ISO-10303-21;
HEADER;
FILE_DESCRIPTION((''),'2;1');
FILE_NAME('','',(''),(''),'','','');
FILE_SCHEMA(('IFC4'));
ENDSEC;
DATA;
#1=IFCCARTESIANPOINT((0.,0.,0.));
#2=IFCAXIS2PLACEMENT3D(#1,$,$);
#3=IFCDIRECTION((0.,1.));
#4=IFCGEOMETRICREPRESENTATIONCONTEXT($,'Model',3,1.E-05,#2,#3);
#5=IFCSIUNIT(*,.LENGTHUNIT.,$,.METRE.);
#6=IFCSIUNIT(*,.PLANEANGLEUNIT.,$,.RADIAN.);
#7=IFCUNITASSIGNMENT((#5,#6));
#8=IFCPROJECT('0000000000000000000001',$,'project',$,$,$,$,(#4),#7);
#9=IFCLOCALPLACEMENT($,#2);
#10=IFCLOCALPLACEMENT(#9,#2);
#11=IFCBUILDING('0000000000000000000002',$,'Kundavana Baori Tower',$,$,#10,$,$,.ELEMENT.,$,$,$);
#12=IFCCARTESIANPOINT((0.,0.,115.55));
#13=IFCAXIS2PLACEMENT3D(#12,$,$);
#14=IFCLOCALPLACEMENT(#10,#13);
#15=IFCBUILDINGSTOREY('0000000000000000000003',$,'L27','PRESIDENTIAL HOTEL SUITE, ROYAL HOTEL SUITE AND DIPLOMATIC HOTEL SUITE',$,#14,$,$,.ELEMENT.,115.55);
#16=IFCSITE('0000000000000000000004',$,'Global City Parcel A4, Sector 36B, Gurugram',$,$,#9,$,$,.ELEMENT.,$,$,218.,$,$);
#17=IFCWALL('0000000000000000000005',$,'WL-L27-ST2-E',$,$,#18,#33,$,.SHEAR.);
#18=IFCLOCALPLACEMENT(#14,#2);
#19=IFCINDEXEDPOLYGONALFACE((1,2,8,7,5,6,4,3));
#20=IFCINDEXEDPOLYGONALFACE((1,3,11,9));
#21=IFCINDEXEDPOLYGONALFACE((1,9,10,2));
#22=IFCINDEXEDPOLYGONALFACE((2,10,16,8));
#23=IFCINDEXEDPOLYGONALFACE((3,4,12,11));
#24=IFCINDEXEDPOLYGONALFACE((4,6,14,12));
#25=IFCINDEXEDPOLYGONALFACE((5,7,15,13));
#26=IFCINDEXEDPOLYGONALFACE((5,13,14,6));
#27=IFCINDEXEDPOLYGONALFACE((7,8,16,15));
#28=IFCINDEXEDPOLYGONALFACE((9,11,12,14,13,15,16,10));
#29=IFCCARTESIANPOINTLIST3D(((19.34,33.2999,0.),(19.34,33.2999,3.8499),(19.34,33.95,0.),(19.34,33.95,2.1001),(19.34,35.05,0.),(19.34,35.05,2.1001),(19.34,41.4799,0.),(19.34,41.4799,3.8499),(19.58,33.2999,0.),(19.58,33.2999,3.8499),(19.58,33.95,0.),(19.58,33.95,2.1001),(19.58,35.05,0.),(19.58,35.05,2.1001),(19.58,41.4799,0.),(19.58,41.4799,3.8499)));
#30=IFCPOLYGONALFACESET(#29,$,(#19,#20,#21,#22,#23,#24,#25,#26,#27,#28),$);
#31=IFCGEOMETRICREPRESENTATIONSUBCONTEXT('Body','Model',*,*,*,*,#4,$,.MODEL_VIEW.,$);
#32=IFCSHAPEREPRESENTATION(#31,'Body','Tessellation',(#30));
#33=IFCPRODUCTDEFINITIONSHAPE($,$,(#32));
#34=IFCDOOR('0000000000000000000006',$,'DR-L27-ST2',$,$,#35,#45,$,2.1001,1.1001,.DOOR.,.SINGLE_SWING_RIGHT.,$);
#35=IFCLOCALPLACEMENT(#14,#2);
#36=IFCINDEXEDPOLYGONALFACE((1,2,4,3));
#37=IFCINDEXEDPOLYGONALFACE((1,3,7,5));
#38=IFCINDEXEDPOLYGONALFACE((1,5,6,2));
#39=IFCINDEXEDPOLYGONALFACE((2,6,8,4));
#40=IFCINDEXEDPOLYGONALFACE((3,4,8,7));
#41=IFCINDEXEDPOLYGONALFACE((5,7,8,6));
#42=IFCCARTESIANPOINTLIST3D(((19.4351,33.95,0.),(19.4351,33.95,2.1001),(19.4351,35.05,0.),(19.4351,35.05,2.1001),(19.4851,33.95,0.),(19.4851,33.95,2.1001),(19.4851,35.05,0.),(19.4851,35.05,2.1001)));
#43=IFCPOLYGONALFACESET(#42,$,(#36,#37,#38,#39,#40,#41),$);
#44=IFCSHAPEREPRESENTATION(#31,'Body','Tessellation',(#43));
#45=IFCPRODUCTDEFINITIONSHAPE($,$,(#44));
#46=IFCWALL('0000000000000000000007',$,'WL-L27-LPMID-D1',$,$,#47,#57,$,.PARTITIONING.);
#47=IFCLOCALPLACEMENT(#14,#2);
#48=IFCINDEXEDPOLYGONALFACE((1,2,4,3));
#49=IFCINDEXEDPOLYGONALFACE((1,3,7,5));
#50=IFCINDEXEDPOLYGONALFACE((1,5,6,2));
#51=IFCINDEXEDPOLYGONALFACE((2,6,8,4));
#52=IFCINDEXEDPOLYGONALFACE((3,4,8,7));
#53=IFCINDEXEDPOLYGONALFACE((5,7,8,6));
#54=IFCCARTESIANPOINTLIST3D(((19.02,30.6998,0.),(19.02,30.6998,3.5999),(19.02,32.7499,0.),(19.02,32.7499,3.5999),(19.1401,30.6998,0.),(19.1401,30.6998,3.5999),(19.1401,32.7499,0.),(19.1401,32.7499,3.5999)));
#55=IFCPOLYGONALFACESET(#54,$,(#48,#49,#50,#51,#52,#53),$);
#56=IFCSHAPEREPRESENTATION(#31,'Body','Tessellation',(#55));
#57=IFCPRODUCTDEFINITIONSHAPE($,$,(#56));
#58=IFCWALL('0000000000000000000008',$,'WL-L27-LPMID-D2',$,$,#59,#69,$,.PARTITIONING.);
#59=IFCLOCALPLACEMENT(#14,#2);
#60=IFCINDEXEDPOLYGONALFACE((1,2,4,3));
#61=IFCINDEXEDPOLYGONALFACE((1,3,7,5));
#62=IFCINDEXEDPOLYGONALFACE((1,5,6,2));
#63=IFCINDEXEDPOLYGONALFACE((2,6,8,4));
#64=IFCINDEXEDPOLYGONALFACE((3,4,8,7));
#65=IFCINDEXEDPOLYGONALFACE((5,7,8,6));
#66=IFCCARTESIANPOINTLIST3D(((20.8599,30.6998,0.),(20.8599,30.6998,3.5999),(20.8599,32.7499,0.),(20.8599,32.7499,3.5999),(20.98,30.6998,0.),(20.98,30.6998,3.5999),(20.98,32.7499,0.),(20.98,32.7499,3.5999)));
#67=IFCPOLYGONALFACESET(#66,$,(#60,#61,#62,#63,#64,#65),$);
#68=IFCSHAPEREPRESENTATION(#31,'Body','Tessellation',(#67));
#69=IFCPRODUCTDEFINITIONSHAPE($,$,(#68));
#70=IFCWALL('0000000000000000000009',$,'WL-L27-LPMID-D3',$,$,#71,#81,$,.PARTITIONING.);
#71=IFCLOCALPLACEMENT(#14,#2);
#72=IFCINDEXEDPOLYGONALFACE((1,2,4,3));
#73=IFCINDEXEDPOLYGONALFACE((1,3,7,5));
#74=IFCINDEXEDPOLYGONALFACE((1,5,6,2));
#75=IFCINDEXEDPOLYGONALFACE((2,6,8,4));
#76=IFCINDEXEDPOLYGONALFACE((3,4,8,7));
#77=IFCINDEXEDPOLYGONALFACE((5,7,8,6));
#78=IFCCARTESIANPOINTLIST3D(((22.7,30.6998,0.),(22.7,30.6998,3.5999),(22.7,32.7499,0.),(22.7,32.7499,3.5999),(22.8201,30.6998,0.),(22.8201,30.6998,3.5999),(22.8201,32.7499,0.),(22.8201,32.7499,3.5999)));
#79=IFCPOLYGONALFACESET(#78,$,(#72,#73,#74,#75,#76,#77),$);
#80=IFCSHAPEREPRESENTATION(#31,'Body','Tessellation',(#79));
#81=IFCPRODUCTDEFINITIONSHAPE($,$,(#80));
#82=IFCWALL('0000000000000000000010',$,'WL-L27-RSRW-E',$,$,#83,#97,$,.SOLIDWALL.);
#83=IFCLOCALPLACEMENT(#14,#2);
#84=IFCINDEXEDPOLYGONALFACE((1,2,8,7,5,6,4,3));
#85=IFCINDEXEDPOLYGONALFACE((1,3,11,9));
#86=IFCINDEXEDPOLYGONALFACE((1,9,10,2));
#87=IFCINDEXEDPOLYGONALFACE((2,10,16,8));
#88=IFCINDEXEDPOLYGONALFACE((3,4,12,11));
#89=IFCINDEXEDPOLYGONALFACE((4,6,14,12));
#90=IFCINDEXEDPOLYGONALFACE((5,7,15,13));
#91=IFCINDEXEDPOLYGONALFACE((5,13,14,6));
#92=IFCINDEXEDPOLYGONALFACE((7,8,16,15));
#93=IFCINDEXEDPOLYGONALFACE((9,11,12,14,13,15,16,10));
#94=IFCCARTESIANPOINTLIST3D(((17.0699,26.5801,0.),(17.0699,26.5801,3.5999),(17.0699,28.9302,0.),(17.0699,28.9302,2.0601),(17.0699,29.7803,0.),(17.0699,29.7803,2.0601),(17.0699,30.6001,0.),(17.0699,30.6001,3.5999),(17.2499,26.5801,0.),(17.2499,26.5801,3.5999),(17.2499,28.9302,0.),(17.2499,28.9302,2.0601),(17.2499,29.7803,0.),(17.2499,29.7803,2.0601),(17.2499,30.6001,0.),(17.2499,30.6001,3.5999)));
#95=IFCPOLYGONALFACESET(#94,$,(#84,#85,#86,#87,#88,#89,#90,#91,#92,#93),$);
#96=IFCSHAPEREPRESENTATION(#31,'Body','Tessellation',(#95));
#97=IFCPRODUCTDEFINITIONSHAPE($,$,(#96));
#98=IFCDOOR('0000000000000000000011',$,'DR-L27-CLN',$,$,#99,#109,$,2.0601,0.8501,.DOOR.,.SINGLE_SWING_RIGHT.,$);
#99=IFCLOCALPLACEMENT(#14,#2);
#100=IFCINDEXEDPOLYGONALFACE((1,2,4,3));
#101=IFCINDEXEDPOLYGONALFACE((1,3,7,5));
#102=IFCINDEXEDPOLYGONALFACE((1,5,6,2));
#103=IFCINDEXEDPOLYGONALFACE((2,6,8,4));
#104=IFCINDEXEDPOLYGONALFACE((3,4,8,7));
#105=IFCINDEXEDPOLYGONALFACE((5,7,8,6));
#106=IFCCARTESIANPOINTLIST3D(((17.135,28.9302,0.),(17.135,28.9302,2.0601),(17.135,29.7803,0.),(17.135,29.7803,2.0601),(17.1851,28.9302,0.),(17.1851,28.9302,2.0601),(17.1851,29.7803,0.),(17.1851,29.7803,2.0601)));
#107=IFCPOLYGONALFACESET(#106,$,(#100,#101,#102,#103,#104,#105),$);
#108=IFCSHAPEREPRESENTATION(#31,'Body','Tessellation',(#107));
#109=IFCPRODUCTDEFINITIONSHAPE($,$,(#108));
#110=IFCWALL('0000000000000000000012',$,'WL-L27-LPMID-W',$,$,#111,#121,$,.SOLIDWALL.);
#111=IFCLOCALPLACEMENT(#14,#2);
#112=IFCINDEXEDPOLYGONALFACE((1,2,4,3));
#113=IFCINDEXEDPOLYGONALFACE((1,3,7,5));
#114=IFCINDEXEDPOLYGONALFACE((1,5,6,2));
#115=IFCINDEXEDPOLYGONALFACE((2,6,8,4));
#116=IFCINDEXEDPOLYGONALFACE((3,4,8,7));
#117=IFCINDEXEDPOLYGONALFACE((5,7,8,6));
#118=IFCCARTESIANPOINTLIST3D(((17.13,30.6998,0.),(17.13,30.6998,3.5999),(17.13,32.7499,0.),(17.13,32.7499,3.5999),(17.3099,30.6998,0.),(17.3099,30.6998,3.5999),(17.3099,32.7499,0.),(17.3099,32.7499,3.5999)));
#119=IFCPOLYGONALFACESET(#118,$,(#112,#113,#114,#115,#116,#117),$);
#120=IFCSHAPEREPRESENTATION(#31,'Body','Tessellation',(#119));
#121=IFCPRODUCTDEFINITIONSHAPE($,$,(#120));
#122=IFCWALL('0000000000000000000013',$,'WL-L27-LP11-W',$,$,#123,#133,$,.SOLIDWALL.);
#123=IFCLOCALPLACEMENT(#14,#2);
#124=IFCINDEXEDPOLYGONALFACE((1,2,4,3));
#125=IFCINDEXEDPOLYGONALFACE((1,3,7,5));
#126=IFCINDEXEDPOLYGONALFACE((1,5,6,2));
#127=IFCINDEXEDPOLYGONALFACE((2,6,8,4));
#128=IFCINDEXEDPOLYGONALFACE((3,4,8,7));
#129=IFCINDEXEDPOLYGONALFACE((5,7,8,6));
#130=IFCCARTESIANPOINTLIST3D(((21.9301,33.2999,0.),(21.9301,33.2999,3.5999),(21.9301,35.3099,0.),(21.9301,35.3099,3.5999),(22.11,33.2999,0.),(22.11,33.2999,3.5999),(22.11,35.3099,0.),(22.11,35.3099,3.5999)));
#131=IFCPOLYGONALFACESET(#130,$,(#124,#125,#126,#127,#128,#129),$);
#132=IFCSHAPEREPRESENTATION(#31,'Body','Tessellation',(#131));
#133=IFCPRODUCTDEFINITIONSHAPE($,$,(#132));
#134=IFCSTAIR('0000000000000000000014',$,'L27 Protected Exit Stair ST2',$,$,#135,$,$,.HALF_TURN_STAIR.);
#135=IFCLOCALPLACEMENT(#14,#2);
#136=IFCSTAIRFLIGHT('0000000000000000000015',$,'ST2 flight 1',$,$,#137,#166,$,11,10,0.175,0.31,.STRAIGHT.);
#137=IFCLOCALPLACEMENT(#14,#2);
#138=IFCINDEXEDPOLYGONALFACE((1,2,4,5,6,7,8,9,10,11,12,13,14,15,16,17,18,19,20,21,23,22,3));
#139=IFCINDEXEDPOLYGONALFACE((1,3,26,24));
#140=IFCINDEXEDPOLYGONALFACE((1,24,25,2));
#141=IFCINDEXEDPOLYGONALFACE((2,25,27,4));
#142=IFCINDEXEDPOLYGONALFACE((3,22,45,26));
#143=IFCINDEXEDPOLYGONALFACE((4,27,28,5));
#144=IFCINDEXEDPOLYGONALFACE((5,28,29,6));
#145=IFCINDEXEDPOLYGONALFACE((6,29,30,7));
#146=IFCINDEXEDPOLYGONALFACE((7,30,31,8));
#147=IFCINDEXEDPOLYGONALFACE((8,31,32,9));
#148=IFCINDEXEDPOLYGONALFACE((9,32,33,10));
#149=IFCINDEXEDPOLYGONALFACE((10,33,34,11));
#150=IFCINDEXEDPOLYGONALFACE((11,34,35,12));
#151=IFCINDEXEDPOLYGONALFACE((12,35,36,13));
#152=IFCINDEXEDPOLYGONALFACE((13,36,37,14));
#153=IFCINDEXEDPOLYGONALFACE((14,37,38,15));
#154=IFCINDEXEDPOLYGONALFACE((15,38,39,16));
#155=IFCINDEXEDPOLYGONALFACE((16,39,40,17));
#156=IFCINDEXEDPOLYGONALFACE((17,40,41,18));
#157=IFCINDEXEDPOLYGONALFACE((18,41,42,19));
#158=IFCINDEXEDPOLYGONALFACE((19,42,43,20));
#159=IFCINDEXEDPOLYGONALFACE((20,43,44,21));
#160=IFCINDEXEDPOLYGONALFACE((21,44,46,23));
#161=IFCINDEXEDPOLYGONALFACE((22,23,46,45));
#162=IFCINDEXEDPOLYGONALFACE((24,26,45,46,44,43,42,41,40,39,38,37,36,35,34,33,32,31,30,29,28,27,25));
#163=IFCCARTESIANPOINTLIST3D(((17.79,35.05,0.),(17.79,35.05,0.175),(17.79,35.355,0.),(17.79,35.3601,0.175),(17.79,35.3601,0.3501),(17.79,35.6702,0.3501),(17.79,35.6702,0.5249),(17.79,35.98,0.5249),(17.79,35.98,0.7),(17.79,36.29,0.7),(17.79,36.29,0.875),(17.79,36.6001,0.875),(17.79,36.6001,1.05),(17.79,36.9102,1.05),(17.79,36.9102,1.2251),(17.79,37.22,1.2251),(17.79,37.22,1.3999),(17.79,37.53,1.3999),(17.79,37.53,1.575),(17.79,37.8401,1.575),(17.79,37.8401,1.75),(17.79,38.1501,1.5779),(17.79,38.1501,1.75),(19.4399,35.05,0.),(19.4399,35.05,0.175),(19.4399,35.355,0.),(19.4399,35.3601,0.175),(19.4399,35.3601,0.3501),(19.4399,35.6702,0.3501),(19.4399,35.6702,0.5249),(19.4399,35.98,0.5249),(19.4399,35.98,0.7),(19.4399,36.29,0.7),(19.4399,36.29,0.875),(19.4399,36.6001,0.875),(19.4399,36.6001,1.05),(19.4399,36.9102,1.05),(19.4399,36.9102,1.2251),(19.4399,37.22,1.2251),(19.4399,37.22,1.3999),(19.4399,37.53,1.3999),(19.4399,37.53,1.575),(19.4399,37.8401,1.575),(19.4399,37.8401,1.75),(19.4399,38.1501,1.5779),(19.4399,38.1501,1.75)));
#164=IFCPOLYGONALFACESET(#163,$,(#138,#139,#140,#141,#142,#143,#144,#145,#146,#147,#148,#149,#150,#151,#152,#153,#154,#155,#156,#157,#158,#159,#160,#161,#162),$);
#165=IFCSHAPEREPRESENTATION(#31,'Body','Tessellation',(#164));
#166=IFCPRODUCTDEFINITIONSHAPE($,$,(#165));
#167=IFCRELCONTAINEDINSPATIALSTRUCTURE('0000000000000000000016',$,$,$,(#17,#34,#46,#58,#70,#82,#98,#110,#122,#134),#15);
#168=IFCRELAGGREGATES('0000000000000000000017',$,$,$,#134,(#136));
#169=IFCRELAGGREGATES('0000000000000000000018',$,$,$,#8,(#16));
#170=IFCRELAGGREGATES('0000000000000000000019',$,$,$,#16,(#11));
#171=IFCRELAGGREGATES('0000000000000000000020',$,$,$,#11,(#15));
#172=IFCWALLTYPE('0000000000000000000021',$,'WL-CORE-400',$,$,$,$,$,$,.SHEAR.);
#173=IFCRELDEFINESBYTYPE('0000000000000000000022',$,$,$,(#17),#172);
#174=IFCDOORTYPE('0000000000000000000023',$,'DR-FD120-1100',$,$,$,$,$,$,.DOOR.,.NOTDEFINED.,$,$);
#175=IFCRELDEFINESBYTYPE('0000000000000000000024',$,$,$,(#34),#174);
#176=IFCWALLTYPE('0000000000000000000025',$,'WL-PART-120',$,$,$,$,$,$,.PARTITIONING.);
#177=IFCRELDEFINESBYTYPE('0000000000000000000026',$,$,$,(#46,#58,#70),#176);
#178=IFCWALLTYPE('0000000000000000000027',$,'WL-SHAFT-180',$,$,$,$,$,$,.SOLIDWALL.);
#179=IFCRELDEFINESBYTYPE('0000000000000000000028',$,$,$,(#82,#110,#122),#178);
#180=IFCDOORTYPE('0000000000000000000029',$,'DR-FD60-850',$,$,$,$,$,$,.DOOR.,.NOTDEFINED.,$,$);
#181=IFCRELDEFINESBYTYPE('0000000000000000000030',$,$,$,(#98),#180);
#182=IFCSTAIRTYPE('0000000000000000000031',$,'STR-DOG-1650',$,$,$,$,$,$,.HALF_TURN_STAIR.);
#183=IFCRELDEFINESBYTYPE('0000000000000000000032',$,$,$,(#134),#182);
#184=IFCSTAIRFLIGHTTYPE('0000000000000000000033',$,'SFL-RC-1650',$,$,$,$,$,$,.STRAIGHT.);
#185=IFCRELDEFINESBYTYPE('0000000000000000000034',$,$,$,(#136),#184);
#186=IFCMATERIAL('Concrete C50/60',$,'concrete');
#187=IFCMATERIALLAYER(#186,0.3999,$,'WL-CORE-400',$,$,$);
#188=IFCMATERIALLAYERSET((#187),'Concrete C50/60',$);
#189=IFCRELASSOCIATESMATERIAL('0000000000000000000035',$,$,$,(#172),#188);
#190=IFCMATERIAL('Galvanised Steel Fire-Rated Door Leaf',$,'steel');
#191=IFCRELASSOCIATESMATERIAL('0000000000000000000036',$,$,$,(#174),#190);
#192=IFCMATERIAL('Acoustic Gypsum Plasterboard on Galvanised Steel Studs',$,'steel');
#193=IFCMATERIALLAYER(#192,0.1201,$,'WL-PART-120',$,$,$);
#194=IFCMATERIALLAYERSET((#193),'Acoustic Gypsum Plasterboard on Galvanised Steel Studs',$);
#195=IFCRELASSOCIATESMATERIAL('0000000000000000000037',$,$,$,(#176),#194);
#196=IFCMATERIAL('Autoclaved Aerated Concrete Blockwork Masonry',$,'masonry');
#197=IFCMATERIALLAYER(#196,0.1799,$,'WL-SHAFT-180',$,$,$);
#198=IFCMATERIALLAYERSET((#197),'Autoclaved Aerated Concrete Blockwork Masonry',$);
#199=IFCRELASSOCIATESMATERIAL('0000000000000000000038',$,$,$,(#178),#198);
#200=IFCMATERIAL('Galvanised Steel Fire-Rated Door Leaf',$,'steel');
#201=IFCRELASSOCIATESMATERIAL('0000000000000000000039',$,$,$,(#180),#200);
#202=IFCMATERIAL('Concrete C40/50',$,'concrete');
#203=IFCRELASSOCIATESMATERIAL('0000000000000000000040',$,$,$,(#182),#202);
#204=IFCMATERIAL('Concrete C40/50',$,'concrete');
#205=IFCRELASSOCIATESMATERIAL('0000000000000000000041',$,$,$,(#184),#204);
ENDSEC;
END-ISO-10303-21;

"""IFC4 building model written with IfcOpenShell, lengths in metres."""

from ifc_helpers import new_model, si_unit, direction, frame, frame_2d, origin, place, context, subcontext, project, spatial, polyline, rectangle, outline, extrude, material, layer, layer_set, type_object, element, fill, aggregate, save


model = new_model("IFC4")

# Units and contexts
model_context = context("Model", 3, precision=1e-05, world=origin(), true_north=direction((0.0, 1.0)))
body_context = subcontext(model_context, "Body", "Model", "MODEL_VIEW")
ifc_project = project(units=[si_unit("LENGTHUNIT", "METRE"), si_unit("PLANEANGLEUNIT", "RADIAN")], contexts=[model_context])

# Site, building, storey
site_placement = place(None, origin())
site = spatial("IfcSite", under=ifc_project, at=site_placement, Name="Global City Parcel A4, Sector 36B, Gurugram", CompositionType="ELEMENT", RefElevation=218.0)
building_placement = place(site_placement, origin())
building = spatial("IfcBuilding", under=site, at=building_placement, Name="Kundavana Baori Tower", CompositionType="ELEMENT")
storey_placement = place(building_placement, frame((0.0, 0.0, 115.55)))
storey = spatial("IfcBuildingStorey", under=building, at=storey_placement, Name="L27", Description="PRESIDENTIAL HOTEL SUITE, ROYAL HOTEL SUITE AND DIPLOMATIC HOTEL SUITE", CompositionType="ELEMENT", Elevation=115.55)

# Wall, opening, door
ifc_material_1 = material(Name="Concrete C50/60", Category="concrete")
ifc_layer_1 = layer(ifc_material_1, 0.3999, Name="WL-CORE-400")
ifc_layer_set_1 = layer_set([ifc_layer_1], Name="Concrete C50/60")
wall_type_1 = type_object("IfcWallType", Name="WL-CORE-400", PredefinedType="SHEAR", material=ifc_layer_set_1)
wall_1_placement = place(storey_placement, frame((19.46, 33.3, 0.0), z_axis=(0.0, 0.0, 1.0), x_axis=(0.0, 1.0, 0.0)))
wall_1 = element("IfcWall", 1, at=wall_1_placement, inside=storey, type_object=wall_type_1, Name="WL-L27-ST2-E", PredefinedType="SHEAR", context=body_context, shape_type="SweptSolid", body=[
    extrude(rectangle(XDim=8.1799, YDim=0.24, at=frame_2d((4.0898, 0.0))), origin(), (0.0, 0.0, 1.0), 3.8499),
])
opening_1_placement = place(wall_1_placement, frame((0.6499, 0.0, 0.0)))
opening_1 = element("IfcOpeningElement", 2, at=opening_1_placement, cuts=wall_1, PredefinedType="OPENING", context=body_context, shape_type="SweptSolid", body=[
    extrude(rectangle(XDim=1.1001, YDim=2.1001, at=frame_2d((0.55, 1.05))), frame((0.0, 0.1299, 0.0), z_axis=(0.0, -1.0, 0.0), x_axis=(1.0, 0.0, 0.0)), (0.0, 0.0, 1.0), 0.26),
])
ifc_material_2 = material(Name="Galvanised Steel Fire-Rated Door Leaf", Category="steel")
door_type_1 = type_object("IfcDoorType", Name="DR-FD120-1100", OperationType="NOTDEFINED", PredefinedType="DOOR", material=ifc_material_2)
door_1_placement = place(opening_1_placement, origin())
door_1 = element("IfcDoor", 3, at=door_1_placement, inside=storey, type_object=door_type_1, Name="DR-L27-ST2", OperationType="SINGLE_SWING_RIGHT", OverallHeight=2.1001, OverallWidth=1.1001, PredefinedType="DOOR", context=body_context, shape_type="SweptSolid", body=[
    extrude(rectangle(XDim=1.1001, YDim=2.1001, at=frame_2d((0.55, 1.05))), frame((0.0, 0.0249, 0.0), z_axis=(0.0, -1.0, 0.0), x_axis=(1.0, 0.0, 0.0)), (0.0, 0.0, 1.0), 0.05),
])
fill(opening_1, door_1)

# Walls
ifc_material_3 = material(Name="Acoustic Gypsum Plasterboard on Galvanised Steel Studs", Category="steel")
ifc_layer_2 = layer(ifc_material_3, 0.1201, Name="WL-PART-120")
ifc_layer_set_2 = layer_set([ifc_layer_2], Name="Acoustic Gypsum Plasterboard on Galvanised Steel Studs")
wall_type_2 = type_object("IfcWallType", Name="WL-PART-120", PredefinedType="PARTITIONING", material=ifc_layer_set_2)
for number, where, z_axis, x_axis, name in (
    (4, (19.0801, 30.7, 0.0), (0.0, 0.0, 1.0), (0.0, 1.0, 0.0), "WL-L27-LPMID-D1"),
    (5, (20.9199, 30.7, 0.0), (0.0, 0.0, 1.0), (0.0, 1.0, 0.0), "WL-L27-LPMID-D2"),
    (6, (22.76, 30.7, 0.0), (0.0, 0.0, 1.0), (0.0, 1.0, 0.0), "WL-L27-LPMID-D3"),
):
    element("IfcWall", number, at=place(storey_placement, frame(where, z_axis=z_axis, x_axis=x_axis)), inside=storey, type_object=wall_type_2, Name=name, PredefinedType="PARTITIONING", context=body_context, shape_type="SweptSolid", body=[
        extrude(rectangle(XDim=2.05, YDim=0.1201, at=frame_2d((1.0249, 0.0))), origin(), (0.0, 0.0, 1.0), 3.5999),
    ])

# Wall, opening, door
ifc_material_4 = material(Name="Autoclaved Aerated Concrete Blockwork Masonry", Category="masonry")
ifc_layer_3 = layer(ifc_material_4, 0.1799, Name="WL-SHAFT-180")
ifc_layer_set_3 = layer_set([ifc_layer_3], Name="Autoclaved Aerated Concrete Blockwork Masonry")
wall_type_3 = type_object("IfcWallType", Name="WL-SHAFT-180", PredefinedType="SOLIDWALL", material=ifc_layer_set_3)
wall_2_placement = place(storey_placement, frame((17.1599, 26.5801, 0.0), z_axis=(0.0, 0.0, 1.0), x_axis=(0.0, 1.0, 0.0)))
wall_2 = element("IfcWall", 7, at=wall_2_placement, inside=storey, type_object=wall_type_3, Name="WL-L27-RSRW-E", PredefinedType="SOLIDWALL", context=body_context, shape_type="SweptSolid", body=[
    extrude(rectangle(XDim=4.02, YDim=0.1799, at=frame_2d((2.01, 0.0))), origin(), (0.0, 0.0, 1.0), 3.5999),
])
opening_2_placement = place(wall_2_placement, frame((2.3501, 0.0, 0.0)))
opening_2 = element("IfcOpeningElement", 8, at=opening_2_placement, cuts=wall_2, PredefinedType="OPENING", context=body_context, shape_type="SweptSolid", body=[
    extrude(rectangle(XDim=0.8501, YDim=2.0601, at=frame_2d((0.425, 1.03))), frame((0.0, 0.1001, 0.0), z_axis=(0.0, -1.0, 0.0), x_axis=(1.0, 0.0, 0.0)), (0.0, 0.0, 1.0), 0.2),
])
ifc_material_5 = material(Name="Galvanised Steel Fire-Rated Door Leaf", Category="steel")
door_type_2 = type_object("IfcDoorType", Name="DR-FD60-850", OperationType="NOTDEFINED", PredefinedType="DOOR", material=ifc_material_5)
door_2_placement = place(opening_2_placement, origin())
door_2 = element("IfcDoor", 9, at=door_2_placement, inside=storey, type_object=door_type_2, Name="DR-L27-CLN", OperationType="SINGLE_SWING_RIGHT", OverallHeight=2.0601, OverallWidth=0.8501, PredefinedType="DOOR", context=body_context, shape_type="SweptSolid", body=[
    extrude(rectangle(XDim=0.8501, YDim=2.0601, at=frame_2d((0.425, 1.03))), frame((0.0, 0.0249, 0.0), z_axis=(0.0, -1.0, 0.0), x_axis=(1.0, 0.0, 0.0)), (0.0, 0.0, 1.0), 0.05),
])
fill(opening_2, door_2)

# Walls
wall_3_placement = place(storey_placement, frame((17.22, 30.7, 0.0), z_axis=(0.0, 0.0, 1.0), x_axis=(0.0, 1.0, 0.0)))
element("IfcWall", 10, at=wall_3_placement, inside=storey, type_object=wall_type_3, Name="WL-L27-LPMID-W", PredefinedType="SOLIDWALL", context=body_context, shape_type="SweptSolid", body=[
    extrude(rectangle(XDim=2.05, YDim=0.1799, at=frame_2d((1.0249, 0.0))), origin(), (0.0, 0.0, 1.0), 3.5999),
])
wall_4_placement = place(storey_placement, frame((22.02, 33.3, 0.0), z_axis=(0.0, 0.0, 1.0), x_axis=(0.0, 1.0, 0.0)))
element("IfcWall", 11, at=wall_4_placement, inside=storey, type_object=wall_type_3, Name="WL-L27-LP11-W", PredefinedType="SOLIDWALL", context=body_context, shape_type="SweptSolid", body=[
    extrude(rectangle(XDim=2.01, YDim=0.1799, at=frame_2d((1.0049, 0.0))), origin(), (0.0, 0.0, 1.0), 3.5999),
])

# Stair, stair flight
ifc_material_6 = material(Name="Concrete C40/50", Category="concrete")
stair_type = type_object("IfcStairType", Name="STR-DOG-1650", PredefinedType="HALF_TURN_STAIR", material=ifc_material_6)
stair_placement = place(storey_placement, origin())
stair = element("IfcStair", 12, at=stair_placement, inside=storey, type_object=stair_type, Name="L27 Protected Exit Stair ST2", PredefinedType="HALF_TURN_STAIR")
ifc_material_7 = material(Name="Concrete C40/50", Category="concrete")
stair_flight_type = type_object("IfcStairFlightType", Name="SFL-RC-1650", PredefinedType="STRAIGHT", material=ifc_material_7)
stair_flight_placement = place(storey_placement, frame((18.615, 35.05, 0.0), z_axis=(0.0, 0.0, 1.0), x_axis=(0.0, 1.0, 0.0)))
stair_flight = element("IfcStairFlight", 13, at=stair_flight_placement, type_object=stair_flight_type, Name="ST2 flight 1", NumberOfRisers=11, NumberOfTreads=10, PredefinedType="STRAIGHT", RiserHeight=0.175, TreadLength=0.31, context=body_context, shape_type="SweptSolid", body=[
    extrude(outline(polyline([(0.0, 0.0), (0.0, 0.175), (0.3101, 0.175), (0.3101, 0.3501), (0.6201, 0.3501), (0.6201, 0.5249), (0.9299, 0.5249), (0.9299, 0.7), (1.24, 0.7), (1.24, 0.875), (1.55, 0.875), (1.55, 1.05), (1.8601, 1.05), (1.8601, 1.2251), (2.1699, 1.2251), (2.1699, 1.3999), (2.48, 1.3999), (2.48, 1.575), (2.79, 1.575), (2.79, 1.75), (3.1001, 1.75), (3.1001, 1.925), (3.1001, 1.5779), (0.3049, 0.0), (0.0, 0.0)])), frame((0.0, 0.825, 0.0), z_axis=(0.0, -1.0, 0.0), x_axis=(1.0, 0.0, 0.0)), (0.0, 0.0, 1.0), 1.6499),
])
aggregate(stair, [stair_flight])

save(model, "model.ifc")
